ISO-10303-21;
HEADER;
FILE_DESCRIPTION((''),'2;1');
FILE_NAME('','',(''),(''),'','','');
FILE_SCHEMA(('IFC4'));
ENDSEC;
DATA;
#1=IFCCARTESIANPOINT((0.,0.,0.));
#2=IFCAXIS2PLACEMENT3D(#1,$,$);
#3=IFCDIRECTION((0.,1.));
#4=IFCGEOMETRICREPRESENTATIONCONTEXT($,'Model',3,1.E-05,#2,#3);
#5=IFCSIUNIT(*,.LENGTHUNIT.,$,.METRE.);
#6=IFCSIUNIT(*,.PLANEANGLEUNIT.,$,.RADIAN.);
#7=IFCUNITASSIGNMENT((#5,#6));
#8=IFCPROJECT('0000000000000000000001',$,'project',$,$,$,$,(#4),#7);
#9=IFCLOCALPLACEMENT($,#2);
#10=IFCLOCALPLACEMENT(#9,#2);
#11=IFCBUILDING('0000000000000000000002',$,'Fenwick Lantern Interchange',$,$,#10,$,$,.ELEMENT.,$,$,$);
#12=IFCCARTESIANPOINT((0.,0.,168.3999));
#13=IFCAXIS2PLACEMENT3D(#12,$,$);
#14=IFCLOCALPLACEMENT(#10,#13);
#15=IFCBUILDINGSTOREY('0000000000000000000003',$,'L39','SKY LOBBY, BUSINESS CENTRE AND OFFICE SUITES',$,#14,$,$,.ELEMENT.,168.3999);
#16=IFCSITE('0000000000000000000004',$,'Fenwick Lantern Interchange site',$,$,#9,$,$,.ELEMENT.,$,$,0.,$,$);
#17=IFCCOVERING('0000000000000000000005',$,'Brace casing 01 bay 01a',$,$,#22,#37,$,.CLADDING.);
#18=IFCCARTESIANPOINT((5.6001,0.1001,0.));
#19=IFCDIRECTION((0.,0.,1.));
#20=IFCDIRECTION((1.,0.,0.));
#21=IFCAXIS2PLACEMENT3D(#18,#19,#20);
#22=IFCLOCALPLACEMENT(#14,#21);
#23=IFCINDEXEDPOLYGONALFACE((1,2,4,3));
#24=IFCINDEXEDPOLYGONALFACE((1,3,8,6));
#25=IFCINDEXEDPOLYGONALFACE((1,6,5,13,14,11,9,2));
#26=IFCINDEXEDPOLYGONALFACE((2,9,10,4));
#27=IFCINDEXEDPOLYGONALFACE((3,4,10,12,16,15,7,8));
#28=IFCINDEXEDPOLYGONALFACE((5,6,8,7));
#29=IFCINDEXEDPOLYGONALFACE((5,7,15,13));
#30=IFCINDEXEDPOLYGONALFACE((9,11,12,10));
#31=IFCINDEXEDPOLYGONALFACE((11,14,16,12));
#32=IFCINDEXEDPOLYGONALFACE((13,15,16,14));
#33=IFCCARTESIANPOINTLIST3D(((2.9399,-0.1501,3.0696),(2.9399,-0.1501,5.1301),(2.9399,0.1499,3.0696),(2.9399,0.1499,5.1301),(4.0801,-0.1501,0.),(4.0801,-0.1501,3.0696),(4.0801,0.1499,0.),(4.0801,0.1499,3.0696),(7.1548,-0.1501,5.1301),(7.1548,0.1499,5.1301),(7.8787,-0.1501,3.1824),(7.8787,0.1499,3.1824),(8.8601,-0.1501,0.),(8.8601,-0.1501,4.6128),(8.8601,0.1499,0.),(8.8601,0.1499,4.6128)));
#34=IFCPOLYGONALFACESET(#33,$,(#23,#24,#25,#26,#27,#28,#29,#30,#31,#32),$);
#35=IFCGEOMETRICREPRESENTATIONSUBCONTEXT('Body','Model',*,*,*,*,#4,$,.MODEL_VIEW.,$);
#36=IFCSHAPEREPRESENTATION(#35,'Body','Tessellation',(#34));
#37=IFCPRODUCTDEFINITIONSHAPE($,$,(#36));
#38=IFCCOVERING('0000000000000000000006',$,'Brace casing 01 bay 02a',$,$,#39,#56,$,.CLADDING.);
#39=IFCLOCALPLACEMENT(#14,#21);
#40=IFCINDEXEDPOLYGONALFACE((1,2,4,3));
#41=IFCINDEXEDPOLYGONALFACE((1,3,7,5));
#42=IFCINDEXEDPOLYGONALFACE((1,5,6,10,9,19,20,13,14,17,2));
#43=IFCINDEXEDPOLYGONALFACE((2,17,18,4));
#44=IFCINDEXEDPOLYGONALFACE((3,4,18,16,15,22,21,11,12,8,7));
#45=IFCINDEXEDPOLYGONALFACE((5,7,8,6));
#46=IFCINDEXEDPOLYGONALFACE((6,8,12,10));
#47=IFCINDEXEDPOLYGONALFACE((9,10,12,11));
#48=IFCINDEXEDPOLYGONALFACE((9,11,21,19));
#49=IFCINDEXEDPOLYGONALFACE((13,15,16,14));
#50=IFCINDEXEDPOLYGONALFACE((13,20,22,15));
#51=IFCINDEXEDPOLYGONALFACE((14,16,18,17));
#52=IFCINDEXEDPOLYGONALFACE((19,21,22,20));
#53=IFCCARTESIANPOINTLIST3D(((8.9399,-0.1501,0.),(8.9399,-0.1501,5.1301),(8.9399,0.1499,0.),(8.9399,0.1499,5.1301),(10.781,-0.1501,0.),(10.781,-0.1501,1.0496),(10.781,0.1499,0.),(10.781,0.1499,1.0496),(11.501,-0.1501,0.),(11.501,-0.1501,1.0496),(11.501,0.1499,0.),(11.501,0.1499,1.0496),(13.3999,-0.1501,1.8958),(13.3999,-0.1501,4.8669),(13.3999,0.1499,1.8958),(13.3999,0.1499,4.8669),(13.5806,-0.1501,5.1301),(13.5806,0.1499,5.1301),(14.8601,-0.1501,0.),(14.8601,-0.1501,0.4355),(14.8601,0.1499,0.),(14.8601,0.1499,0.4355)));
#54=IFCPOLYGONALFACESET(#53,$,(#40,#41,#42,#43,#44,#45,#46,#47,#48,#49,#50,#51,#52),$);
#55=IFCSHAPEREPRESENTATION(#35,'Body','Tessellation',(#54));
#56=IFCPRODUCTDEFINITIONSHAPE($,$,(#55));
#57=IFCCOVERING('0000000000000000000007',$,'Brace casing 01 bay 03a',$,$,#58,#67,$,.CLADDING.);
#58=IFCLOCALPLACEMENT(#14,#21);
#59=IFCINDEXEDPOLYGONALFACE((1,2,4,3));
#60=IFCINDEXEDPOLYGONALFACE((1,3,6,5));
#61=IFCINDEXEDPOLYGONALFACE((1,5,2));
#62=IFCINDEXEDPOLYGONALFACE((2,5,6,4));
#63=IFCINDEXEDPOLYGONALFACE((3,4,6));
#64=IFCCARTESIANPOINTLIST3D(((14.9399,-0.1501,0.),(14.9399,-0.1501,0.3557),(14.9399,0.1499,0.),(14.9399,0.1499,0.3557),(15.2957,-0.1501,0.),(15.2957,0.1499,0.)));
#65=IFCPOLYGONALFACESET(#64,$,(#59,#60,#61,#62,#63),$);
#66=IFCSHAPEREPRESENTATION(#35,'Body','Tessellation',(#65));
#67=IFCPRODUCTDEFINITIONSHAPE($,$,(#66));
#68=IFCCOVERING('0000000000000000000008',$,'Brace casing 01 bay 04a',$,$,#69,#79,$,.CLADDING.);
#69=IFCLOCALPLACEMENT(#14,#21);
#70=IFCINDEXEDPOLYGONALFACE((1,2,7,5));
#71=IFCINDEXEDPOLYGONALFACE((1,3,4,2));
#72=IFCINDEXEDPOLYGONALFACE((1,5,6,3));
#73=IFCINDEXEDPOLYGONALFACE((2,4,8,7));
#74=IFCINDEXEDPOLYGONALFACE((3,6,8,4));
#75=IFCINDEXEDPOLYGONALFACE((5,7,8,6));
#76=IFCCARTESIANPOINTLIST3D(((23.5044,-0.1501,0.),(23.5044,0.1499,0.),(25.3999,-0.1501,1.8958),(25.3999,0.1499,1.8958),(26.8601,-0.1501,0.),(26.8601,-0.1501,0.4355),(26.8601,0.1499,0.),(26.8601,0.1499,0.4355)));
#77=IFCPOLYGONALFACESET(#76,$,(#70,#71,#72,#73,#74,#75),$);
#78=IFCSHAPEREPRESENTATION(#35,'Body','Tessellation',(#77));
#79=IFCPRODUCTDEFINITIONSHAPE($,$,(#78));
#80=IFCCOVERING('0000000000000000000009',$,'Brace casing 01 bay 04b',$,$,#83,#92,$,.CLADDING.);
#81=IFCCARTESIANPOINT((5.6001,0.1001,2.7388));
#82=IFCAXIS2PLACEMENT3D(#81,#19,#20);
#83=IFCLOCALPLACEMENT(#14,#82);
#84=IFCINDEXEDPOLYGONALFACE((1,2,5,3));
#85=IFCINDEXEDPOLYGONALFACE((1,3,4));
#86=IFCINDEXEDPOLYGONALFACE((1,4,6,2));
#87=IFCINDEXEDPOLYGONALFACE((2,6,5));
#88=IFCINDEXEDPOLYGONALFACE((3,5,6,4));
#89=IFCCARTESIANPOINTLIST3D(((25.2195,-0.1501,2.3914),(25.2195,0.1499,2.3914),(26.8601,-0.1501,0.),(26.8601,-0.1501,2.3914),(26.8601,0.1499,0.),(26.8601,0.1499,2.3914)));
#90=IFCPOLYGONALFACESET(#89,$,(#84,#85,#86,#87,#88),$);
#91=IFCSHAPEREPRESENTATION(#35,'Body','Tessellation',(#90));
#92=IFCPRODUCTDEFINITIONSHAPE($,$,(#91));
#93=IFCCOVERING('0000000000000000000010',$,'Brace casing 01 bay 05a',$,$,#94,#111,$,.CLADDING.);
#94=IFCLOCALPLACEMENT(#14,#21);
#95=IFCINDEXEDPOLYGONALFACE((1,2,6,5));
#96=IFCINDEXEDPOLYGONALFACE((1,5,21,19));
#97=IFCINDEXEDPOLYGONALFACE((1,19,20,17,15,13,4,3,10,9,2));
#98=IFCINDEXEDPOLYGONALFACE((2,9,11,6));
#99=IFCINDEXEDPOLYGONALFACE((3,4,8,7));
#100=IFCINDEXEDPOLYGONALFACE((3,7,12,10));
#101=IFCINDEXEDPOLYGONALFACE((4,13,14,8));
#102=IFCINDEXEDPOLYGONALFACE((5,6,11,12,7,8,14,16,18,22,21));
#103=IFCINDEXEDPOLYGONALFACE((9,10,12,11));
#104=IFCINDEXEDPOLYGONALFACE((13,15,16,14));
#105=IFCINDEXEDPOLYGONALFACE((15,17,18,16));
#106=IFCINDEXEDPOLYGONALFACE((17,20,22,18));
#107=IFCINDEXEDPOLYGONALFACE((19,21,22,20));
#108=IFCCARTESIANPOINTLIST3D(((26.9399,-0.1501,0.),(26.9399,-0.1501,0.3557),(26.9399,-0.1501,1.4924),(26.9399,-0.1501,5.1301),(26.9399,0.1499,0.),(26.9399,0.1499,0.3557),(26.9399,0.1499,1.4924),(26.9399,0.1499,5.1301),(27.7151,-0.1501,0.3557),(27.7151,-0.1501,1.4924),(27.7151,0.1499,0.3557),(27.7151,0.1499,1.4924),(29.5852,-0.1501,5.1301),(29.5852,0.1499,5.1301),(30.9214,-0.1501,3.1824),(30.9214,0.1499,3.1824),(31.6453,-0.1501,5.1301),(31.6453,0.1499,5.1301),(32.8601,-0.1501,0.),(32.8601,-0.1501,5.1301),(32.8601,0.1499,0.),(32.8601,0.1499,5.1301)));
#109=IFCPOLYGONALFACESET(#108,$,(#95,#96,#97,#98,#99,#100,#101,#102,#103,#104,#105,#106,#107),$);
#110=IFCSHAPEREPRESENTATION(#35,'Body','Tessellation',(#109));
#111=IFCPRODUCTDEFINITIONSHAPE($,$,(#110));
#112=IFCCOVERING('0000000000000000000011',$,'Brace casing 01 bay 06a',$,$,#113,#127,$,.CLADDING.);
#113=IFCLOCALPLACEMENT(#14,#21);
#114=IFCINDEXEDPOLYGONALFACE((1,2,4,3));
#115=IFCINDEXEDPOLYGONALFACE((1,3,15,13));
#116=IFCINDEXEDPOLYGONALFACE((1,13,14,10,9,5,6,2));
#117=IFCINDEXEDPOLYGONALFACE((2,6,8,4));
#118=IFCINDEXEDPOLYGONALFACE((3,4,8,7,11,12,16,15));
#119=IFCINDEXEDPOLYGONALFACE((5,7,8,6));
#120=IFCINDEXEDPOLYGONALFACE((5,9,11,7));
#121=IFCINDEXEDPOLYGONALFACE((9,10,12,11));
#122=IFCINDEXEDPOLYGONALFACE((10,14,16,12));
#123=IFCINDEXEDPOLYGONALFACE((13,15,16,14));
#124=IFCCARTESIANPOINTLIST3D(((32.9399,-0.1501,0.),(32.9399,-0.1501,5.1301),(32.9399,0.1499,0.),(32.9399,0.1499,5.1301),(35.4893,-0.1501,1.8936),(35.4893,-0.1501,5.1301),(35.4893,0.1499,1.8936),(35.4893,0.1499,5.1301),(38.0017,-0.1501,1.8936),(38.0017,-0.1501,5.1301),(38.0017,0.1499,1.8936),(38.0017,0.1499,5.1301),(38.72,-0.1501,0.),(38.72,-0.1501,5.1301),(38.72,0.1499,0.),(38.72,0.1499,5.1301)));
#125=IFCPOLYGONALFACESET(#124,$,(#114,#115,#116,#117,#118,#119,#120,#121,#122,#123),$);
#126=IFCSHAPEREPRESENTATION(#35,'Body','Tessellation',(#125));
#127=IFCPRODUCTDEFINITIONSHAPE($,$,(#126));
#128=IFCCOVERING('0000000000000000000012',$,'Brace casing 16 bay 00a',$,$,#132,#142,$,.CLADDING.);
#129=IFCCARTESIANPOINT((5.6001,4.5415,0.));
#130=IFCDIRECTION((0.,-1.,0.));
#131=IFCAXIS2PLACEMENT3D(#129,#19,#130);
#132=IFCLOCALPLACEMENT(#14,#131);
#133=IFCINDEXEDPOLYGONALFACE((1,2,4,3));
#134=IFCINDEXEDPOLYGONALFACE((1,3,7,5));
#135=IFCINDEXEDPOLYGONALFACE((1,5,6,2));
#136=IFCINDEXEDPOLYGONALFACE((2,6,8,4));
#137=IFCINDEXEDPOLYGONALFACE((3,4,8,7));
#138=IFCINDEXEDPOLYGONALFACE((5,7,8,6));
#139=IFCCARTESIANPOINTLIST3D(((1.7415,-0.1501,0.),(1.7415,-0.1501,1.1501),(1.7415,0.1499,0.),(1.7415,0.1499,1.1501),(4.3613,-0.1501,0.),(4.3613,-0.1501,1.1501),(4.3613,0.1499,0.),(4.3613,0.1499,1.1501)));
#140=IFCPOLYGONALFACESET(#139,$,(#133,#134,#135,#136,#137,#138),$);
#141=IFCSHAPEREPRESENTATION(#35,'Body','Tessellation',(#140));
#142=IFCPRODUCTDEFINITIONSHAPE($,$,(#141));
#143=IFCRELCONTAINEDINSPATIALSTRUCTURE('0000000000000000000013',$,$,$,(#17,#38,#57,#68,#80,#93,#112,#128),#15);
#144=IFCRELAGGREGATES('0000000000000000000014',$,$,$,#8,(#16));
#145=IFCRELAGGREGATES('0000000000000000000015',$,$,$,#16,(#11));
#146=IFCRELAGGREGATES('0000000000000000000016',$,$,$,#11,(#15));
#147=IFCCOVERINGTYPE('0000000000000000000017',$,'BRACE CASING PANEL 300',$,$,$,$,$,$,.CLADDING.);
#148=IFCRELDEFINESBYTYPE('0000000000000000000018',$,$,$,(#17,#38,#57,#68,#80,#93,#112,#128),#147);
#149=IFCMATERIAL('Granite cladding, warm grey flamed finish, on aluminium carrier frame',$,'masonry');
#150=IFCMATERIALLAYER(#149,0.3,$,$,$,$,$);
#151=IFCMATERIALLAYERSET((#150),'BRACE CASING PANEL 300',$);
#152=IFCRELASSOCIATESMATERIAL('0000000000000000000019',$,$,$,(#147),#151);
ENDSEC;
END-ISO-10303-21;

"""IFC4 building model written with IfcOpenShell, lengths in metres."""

from ifc_helpers import new_model, si_unit, direction, frame, origin, place, context, subcontext, project, spatial, polyline, outline, extrude, material, layer, layer_set, type_object, element, save


model = new_model("IFC4")

# Units and contexts
model_context = context("Model", 3, precision=1e-05, world=origin(), true_north=direction((0.0, 1.0)))
body_context = subcontext(model_context, "Body", "Model", "MODEL_VIEW")
ifc_project = project(units=[si_unit("LENGTHUNIT", "METRE"), si_unit("PLANEANGLEUNIT", "RADIAN")], contexts=[model_context])

# Site, building, storey
site_placement = place(None, origin())
site = spatial("IfcSite", under=ifc_project, at=site_placement, Name="Fenwick Lantern Interchange site", CompositionType="ELEMENT", RefElevation=0.0)
building_placement = place(site_placement, origin())
building = spatial("IfcBuilding", under=site, at=building_placement, Name="Fenwick Lantern Interchange", CompositionType="ELEMENT")
storey_placement = place(building_placement, frame((0.0, 0.0, 168.3999)))
storey = spatial("IfcBuildingStorey", under=building, at=storey_placement, Name="L39", Description="SKY LOBBY, BUSINESS CENTRE AND OFFICE SUITES", CompositionType="ELEMENT", Elevation=168.3999)

# Coverings
ifc_material_1 = material(Name="Granite cladding, warm grey flamed finish, on aluminium carrier frame", Category="masonry")
ifc_layer_1 = layer(ifc_material_1, 0.3)
ifc_layer_set_1 = layer_set([ifc_layer_1], Name="BRACE CASING PANEL 300")
covering_type = type_object("IfcCoveringType", Name="BRACE CASING PANEL 300", PredefinedType="CLADDING", material=ifc_layer_set_1)
covering_1_placement = place(storey_placement, frame((5.6001, 0.1001, 0.0), z_axis=(0.0, 0.0, 1.0), x_axis=(1.0, 0.0, 0.0)))
element("IfcCovering", 1, at=covering_1_placement, inside=storey, type_object=covering_type, Name="Brace casing 01 bay 01a", PredefinedType="CLADDING", context=body_context, shape_type="SweptSolid", body=[
    extrude(outline(polyline([(4.0801, 0.0), (8.8601, 0.0), (8.8601, 4.6128), (7.8787, 3.1824), (7.1548, 5.1301), (2.9399, 5.1301), (2.9399, 3.0696), (4.0801, 3.0696), (4.0801, 0.0)])), frame((0.0, 0.1499, 0.0), z_axis=(0.0, -1.0, 0.0), x_axis=(1.0, 0.0, 0.0)), (0.0, 0.0, 1.0), 0.3),
])
covering_2_placement = place(storey_placement, frame((5.6001, 0.1001, 0.0), z_axis=(0.0, 0.0, 1.0), x_axis=(1.0, 0.0, 0.0)))
element("IfcCovering", 2, at=covering_2_placement, inside=storey, type_object=covering_type, Name="Brace casing 01 bay 02a", PredefinedType="CLADDING", context=body_context, shape_type="SweptSolid", body=[
    extrude(outline(polyline([(8.9399, 0.0), (10.781, 0.0), (10.781, 1.0496), (11.501, 1.0496), (11.501, 0.0), (14.8601, 0.0), (14.8601, 0.4355), (13.3999, 1.8958), (13.3999, 4.8669), (13.5806, 5.1301), (8.9399, 5.1301), (8.9399, 0.0)])), frame((0.0, 0.1499, 0.0), z_axis=(0.0, -1.0, 0.0), x_axis=(1.0, 0.0, 0.0)), (0.0, 0.0, 1.0), 0.3),
])
covering_3_placement = place(storey_placement, frame((5.6001, 0.1001, 0.0), z_axis=(0.0, 0.0, 1.0), x_axis=(1.0, 0.0, 0.0)))
element("IfcCovering", 3, at=covering_3_placement, inside=storey, type_object=covering_type, Name="Brace casing 01 bay 03a", PredefinedType="CLADDING", context=body_context, shape_type="SweptSolid", body=[
    extrude(outline(polyline([(14.9399, 0.0), (15.2957, 0.0), (14.9399, 0.3557), (14.9399, 0.0)])), frame((0.0, 0.1499, 0.0), z_axis=(0.0, -1.0, 0.0), x_axis=(1.0, 0.0, 0.0)), (0.0, 0.0, 1.0), 0.3),
])
covering_4_placement = place(storey_placement, frame((5.6001, 0.1001, 0.0), z_axis=(0.0, 0.0, 1.0), x_axis=(1.0, 0.0, 0.0)))
element("IfcCovering", 4, at=covering_4_placement, inside=storey, type_object=covering_type, Name="Brace casing 01 bay 04a", PredefinedType="CLADDING", context=body_context, shape_type="SweptSolid", body=[
    extrude(outline(polyline([(23.5044, 0.0), (26.8601, 0.0), (26.8601, 0.4355), (25.3999, 1.8958), (23.5044, 0.0)])), frame((0.0, 0.1499, 0.0), z_axis=(0.0, -1.0, 0.0), x_axis=(1.0, 0.0, 0.0)), (0.0, 0.0, 1.0), 0.3),
])
covering_5_placement = place(storey_placement, frame((5.6001, 0.1001, 2.7388), z_axis=(0.0, 0.0, 1.0), x_axis=(1.0, 0.0, 0.0)))
element("IfcCovering", 5, at=covering_5_placement, inside=storey, type_object=covering_type, Name="Brace casing 01 bay 04b", PredefinedType="CLADDING", context=body_context, shape_type="SweptSolid", body=[
    extrude(outline(polyline([(26.8601, 0.0), (26.8601, 2.3914), (25.2195, 2.3914), (26.8601, 0.0)])), frame((0.0, 0.1499, 0.0), z_axis=(0.0, -1.0, 0.0), x_axis=(1.0, 0.0, 0.0)), (0.0, 0.0, 1.0), 0.3),
])
covering_6_placement = place(storey_placement, frame((5.6001, 0.1001, 0.0), z_axis=(0.0, 0.0, 1.0), x_axis=(1.0, 0.0, 0.0)))
element("IfcCovering", 6, at=covering_6_placement, inside=storey, type_object=covering_type, Name="Brace casing 01 bay 05a", PredefinedType="CLADDING", context=body_context, shape_type="SweptSolid", body=[
    extrude(outline(polyline([(26.9399, 0.0), (32.8601, 0.0), (32.8601, 5.1301), (31.6453, 5.1301), (30.9214, 3.1824), (29.5852, 5.1301), (26.9399, 5.1301), (26.9399, 1.4924), (27.7151, 1.4924), (27.7151, 0.3557), (26.9399, 0.3557), (26.9399, 0.0)])), frame((0.0, 0.1499, 0.0), z_axis=(0.0, -1.0, 0.0), x_axis=(1.0, 0.0, 0.0)), (0.0, 0.0, 1.0), 0.3),
])
covering_7_placement = place(storey_placement, frame((5.6001, 0.1001, 0.0), z_axis=(0.0, 0.0, 1.0), x_axis=(1.0, 0.0, 0.0)))
element("IfcCovering", 7, at=covering_7_placement, inside=storey, type_object=covering_type, Name="Brace casing 01 bay 06a", PredefinedType="CLADDING", context=body_context, shape_type="SweptSolid", body=[
    extrude(outline(polyline([(32.9399, 0.0), (38.72, 0.0), (38.72, 5.1301), (38.0017, 5.1301), (38.0017, 1.8936), (35.4893, 1.8936), (35.4893, 5.1301), (32.9399, 5.1301), (32.9399, 0.0)])), frame((0.0, 0.1499, 0.0), z_axis=(0.0, -1.0, 0.0), x_axis=(1.0, 0.0, 0.0)), (0.0, 0.0, 1.0), 0.3),
])
covering_8_placement = place(storey_placement, frame((5.6001, 4.5415, 0.0), z_axis=(0.0, 0.0, 1.0), x_axis=(0.0, -1.0, 0.0)))
element("IfcCovering", 8, at=covering_8_placement, inside=storey, type_object=covering_type, Name="Brace casing 16 bay 00a", PredefinedType="CLADDING", context=body_context, shape_type="SweptSolid", body=[
    extrude(outline(polyline([(1.7415, 0.0), (4.3613, 0.0), (4.3613, 1.1501), (1.7415, 1.1501), (1.7415, 0.0)])), frame((0.0, 0.1499, 0.0), z_axis=(0.0, -1.0, 0.0), x_axis=(1.0, 0.0, 0.0)), (0.0, 0.0, 1.0), 0.3),
])

save(model, "model.ifc")
